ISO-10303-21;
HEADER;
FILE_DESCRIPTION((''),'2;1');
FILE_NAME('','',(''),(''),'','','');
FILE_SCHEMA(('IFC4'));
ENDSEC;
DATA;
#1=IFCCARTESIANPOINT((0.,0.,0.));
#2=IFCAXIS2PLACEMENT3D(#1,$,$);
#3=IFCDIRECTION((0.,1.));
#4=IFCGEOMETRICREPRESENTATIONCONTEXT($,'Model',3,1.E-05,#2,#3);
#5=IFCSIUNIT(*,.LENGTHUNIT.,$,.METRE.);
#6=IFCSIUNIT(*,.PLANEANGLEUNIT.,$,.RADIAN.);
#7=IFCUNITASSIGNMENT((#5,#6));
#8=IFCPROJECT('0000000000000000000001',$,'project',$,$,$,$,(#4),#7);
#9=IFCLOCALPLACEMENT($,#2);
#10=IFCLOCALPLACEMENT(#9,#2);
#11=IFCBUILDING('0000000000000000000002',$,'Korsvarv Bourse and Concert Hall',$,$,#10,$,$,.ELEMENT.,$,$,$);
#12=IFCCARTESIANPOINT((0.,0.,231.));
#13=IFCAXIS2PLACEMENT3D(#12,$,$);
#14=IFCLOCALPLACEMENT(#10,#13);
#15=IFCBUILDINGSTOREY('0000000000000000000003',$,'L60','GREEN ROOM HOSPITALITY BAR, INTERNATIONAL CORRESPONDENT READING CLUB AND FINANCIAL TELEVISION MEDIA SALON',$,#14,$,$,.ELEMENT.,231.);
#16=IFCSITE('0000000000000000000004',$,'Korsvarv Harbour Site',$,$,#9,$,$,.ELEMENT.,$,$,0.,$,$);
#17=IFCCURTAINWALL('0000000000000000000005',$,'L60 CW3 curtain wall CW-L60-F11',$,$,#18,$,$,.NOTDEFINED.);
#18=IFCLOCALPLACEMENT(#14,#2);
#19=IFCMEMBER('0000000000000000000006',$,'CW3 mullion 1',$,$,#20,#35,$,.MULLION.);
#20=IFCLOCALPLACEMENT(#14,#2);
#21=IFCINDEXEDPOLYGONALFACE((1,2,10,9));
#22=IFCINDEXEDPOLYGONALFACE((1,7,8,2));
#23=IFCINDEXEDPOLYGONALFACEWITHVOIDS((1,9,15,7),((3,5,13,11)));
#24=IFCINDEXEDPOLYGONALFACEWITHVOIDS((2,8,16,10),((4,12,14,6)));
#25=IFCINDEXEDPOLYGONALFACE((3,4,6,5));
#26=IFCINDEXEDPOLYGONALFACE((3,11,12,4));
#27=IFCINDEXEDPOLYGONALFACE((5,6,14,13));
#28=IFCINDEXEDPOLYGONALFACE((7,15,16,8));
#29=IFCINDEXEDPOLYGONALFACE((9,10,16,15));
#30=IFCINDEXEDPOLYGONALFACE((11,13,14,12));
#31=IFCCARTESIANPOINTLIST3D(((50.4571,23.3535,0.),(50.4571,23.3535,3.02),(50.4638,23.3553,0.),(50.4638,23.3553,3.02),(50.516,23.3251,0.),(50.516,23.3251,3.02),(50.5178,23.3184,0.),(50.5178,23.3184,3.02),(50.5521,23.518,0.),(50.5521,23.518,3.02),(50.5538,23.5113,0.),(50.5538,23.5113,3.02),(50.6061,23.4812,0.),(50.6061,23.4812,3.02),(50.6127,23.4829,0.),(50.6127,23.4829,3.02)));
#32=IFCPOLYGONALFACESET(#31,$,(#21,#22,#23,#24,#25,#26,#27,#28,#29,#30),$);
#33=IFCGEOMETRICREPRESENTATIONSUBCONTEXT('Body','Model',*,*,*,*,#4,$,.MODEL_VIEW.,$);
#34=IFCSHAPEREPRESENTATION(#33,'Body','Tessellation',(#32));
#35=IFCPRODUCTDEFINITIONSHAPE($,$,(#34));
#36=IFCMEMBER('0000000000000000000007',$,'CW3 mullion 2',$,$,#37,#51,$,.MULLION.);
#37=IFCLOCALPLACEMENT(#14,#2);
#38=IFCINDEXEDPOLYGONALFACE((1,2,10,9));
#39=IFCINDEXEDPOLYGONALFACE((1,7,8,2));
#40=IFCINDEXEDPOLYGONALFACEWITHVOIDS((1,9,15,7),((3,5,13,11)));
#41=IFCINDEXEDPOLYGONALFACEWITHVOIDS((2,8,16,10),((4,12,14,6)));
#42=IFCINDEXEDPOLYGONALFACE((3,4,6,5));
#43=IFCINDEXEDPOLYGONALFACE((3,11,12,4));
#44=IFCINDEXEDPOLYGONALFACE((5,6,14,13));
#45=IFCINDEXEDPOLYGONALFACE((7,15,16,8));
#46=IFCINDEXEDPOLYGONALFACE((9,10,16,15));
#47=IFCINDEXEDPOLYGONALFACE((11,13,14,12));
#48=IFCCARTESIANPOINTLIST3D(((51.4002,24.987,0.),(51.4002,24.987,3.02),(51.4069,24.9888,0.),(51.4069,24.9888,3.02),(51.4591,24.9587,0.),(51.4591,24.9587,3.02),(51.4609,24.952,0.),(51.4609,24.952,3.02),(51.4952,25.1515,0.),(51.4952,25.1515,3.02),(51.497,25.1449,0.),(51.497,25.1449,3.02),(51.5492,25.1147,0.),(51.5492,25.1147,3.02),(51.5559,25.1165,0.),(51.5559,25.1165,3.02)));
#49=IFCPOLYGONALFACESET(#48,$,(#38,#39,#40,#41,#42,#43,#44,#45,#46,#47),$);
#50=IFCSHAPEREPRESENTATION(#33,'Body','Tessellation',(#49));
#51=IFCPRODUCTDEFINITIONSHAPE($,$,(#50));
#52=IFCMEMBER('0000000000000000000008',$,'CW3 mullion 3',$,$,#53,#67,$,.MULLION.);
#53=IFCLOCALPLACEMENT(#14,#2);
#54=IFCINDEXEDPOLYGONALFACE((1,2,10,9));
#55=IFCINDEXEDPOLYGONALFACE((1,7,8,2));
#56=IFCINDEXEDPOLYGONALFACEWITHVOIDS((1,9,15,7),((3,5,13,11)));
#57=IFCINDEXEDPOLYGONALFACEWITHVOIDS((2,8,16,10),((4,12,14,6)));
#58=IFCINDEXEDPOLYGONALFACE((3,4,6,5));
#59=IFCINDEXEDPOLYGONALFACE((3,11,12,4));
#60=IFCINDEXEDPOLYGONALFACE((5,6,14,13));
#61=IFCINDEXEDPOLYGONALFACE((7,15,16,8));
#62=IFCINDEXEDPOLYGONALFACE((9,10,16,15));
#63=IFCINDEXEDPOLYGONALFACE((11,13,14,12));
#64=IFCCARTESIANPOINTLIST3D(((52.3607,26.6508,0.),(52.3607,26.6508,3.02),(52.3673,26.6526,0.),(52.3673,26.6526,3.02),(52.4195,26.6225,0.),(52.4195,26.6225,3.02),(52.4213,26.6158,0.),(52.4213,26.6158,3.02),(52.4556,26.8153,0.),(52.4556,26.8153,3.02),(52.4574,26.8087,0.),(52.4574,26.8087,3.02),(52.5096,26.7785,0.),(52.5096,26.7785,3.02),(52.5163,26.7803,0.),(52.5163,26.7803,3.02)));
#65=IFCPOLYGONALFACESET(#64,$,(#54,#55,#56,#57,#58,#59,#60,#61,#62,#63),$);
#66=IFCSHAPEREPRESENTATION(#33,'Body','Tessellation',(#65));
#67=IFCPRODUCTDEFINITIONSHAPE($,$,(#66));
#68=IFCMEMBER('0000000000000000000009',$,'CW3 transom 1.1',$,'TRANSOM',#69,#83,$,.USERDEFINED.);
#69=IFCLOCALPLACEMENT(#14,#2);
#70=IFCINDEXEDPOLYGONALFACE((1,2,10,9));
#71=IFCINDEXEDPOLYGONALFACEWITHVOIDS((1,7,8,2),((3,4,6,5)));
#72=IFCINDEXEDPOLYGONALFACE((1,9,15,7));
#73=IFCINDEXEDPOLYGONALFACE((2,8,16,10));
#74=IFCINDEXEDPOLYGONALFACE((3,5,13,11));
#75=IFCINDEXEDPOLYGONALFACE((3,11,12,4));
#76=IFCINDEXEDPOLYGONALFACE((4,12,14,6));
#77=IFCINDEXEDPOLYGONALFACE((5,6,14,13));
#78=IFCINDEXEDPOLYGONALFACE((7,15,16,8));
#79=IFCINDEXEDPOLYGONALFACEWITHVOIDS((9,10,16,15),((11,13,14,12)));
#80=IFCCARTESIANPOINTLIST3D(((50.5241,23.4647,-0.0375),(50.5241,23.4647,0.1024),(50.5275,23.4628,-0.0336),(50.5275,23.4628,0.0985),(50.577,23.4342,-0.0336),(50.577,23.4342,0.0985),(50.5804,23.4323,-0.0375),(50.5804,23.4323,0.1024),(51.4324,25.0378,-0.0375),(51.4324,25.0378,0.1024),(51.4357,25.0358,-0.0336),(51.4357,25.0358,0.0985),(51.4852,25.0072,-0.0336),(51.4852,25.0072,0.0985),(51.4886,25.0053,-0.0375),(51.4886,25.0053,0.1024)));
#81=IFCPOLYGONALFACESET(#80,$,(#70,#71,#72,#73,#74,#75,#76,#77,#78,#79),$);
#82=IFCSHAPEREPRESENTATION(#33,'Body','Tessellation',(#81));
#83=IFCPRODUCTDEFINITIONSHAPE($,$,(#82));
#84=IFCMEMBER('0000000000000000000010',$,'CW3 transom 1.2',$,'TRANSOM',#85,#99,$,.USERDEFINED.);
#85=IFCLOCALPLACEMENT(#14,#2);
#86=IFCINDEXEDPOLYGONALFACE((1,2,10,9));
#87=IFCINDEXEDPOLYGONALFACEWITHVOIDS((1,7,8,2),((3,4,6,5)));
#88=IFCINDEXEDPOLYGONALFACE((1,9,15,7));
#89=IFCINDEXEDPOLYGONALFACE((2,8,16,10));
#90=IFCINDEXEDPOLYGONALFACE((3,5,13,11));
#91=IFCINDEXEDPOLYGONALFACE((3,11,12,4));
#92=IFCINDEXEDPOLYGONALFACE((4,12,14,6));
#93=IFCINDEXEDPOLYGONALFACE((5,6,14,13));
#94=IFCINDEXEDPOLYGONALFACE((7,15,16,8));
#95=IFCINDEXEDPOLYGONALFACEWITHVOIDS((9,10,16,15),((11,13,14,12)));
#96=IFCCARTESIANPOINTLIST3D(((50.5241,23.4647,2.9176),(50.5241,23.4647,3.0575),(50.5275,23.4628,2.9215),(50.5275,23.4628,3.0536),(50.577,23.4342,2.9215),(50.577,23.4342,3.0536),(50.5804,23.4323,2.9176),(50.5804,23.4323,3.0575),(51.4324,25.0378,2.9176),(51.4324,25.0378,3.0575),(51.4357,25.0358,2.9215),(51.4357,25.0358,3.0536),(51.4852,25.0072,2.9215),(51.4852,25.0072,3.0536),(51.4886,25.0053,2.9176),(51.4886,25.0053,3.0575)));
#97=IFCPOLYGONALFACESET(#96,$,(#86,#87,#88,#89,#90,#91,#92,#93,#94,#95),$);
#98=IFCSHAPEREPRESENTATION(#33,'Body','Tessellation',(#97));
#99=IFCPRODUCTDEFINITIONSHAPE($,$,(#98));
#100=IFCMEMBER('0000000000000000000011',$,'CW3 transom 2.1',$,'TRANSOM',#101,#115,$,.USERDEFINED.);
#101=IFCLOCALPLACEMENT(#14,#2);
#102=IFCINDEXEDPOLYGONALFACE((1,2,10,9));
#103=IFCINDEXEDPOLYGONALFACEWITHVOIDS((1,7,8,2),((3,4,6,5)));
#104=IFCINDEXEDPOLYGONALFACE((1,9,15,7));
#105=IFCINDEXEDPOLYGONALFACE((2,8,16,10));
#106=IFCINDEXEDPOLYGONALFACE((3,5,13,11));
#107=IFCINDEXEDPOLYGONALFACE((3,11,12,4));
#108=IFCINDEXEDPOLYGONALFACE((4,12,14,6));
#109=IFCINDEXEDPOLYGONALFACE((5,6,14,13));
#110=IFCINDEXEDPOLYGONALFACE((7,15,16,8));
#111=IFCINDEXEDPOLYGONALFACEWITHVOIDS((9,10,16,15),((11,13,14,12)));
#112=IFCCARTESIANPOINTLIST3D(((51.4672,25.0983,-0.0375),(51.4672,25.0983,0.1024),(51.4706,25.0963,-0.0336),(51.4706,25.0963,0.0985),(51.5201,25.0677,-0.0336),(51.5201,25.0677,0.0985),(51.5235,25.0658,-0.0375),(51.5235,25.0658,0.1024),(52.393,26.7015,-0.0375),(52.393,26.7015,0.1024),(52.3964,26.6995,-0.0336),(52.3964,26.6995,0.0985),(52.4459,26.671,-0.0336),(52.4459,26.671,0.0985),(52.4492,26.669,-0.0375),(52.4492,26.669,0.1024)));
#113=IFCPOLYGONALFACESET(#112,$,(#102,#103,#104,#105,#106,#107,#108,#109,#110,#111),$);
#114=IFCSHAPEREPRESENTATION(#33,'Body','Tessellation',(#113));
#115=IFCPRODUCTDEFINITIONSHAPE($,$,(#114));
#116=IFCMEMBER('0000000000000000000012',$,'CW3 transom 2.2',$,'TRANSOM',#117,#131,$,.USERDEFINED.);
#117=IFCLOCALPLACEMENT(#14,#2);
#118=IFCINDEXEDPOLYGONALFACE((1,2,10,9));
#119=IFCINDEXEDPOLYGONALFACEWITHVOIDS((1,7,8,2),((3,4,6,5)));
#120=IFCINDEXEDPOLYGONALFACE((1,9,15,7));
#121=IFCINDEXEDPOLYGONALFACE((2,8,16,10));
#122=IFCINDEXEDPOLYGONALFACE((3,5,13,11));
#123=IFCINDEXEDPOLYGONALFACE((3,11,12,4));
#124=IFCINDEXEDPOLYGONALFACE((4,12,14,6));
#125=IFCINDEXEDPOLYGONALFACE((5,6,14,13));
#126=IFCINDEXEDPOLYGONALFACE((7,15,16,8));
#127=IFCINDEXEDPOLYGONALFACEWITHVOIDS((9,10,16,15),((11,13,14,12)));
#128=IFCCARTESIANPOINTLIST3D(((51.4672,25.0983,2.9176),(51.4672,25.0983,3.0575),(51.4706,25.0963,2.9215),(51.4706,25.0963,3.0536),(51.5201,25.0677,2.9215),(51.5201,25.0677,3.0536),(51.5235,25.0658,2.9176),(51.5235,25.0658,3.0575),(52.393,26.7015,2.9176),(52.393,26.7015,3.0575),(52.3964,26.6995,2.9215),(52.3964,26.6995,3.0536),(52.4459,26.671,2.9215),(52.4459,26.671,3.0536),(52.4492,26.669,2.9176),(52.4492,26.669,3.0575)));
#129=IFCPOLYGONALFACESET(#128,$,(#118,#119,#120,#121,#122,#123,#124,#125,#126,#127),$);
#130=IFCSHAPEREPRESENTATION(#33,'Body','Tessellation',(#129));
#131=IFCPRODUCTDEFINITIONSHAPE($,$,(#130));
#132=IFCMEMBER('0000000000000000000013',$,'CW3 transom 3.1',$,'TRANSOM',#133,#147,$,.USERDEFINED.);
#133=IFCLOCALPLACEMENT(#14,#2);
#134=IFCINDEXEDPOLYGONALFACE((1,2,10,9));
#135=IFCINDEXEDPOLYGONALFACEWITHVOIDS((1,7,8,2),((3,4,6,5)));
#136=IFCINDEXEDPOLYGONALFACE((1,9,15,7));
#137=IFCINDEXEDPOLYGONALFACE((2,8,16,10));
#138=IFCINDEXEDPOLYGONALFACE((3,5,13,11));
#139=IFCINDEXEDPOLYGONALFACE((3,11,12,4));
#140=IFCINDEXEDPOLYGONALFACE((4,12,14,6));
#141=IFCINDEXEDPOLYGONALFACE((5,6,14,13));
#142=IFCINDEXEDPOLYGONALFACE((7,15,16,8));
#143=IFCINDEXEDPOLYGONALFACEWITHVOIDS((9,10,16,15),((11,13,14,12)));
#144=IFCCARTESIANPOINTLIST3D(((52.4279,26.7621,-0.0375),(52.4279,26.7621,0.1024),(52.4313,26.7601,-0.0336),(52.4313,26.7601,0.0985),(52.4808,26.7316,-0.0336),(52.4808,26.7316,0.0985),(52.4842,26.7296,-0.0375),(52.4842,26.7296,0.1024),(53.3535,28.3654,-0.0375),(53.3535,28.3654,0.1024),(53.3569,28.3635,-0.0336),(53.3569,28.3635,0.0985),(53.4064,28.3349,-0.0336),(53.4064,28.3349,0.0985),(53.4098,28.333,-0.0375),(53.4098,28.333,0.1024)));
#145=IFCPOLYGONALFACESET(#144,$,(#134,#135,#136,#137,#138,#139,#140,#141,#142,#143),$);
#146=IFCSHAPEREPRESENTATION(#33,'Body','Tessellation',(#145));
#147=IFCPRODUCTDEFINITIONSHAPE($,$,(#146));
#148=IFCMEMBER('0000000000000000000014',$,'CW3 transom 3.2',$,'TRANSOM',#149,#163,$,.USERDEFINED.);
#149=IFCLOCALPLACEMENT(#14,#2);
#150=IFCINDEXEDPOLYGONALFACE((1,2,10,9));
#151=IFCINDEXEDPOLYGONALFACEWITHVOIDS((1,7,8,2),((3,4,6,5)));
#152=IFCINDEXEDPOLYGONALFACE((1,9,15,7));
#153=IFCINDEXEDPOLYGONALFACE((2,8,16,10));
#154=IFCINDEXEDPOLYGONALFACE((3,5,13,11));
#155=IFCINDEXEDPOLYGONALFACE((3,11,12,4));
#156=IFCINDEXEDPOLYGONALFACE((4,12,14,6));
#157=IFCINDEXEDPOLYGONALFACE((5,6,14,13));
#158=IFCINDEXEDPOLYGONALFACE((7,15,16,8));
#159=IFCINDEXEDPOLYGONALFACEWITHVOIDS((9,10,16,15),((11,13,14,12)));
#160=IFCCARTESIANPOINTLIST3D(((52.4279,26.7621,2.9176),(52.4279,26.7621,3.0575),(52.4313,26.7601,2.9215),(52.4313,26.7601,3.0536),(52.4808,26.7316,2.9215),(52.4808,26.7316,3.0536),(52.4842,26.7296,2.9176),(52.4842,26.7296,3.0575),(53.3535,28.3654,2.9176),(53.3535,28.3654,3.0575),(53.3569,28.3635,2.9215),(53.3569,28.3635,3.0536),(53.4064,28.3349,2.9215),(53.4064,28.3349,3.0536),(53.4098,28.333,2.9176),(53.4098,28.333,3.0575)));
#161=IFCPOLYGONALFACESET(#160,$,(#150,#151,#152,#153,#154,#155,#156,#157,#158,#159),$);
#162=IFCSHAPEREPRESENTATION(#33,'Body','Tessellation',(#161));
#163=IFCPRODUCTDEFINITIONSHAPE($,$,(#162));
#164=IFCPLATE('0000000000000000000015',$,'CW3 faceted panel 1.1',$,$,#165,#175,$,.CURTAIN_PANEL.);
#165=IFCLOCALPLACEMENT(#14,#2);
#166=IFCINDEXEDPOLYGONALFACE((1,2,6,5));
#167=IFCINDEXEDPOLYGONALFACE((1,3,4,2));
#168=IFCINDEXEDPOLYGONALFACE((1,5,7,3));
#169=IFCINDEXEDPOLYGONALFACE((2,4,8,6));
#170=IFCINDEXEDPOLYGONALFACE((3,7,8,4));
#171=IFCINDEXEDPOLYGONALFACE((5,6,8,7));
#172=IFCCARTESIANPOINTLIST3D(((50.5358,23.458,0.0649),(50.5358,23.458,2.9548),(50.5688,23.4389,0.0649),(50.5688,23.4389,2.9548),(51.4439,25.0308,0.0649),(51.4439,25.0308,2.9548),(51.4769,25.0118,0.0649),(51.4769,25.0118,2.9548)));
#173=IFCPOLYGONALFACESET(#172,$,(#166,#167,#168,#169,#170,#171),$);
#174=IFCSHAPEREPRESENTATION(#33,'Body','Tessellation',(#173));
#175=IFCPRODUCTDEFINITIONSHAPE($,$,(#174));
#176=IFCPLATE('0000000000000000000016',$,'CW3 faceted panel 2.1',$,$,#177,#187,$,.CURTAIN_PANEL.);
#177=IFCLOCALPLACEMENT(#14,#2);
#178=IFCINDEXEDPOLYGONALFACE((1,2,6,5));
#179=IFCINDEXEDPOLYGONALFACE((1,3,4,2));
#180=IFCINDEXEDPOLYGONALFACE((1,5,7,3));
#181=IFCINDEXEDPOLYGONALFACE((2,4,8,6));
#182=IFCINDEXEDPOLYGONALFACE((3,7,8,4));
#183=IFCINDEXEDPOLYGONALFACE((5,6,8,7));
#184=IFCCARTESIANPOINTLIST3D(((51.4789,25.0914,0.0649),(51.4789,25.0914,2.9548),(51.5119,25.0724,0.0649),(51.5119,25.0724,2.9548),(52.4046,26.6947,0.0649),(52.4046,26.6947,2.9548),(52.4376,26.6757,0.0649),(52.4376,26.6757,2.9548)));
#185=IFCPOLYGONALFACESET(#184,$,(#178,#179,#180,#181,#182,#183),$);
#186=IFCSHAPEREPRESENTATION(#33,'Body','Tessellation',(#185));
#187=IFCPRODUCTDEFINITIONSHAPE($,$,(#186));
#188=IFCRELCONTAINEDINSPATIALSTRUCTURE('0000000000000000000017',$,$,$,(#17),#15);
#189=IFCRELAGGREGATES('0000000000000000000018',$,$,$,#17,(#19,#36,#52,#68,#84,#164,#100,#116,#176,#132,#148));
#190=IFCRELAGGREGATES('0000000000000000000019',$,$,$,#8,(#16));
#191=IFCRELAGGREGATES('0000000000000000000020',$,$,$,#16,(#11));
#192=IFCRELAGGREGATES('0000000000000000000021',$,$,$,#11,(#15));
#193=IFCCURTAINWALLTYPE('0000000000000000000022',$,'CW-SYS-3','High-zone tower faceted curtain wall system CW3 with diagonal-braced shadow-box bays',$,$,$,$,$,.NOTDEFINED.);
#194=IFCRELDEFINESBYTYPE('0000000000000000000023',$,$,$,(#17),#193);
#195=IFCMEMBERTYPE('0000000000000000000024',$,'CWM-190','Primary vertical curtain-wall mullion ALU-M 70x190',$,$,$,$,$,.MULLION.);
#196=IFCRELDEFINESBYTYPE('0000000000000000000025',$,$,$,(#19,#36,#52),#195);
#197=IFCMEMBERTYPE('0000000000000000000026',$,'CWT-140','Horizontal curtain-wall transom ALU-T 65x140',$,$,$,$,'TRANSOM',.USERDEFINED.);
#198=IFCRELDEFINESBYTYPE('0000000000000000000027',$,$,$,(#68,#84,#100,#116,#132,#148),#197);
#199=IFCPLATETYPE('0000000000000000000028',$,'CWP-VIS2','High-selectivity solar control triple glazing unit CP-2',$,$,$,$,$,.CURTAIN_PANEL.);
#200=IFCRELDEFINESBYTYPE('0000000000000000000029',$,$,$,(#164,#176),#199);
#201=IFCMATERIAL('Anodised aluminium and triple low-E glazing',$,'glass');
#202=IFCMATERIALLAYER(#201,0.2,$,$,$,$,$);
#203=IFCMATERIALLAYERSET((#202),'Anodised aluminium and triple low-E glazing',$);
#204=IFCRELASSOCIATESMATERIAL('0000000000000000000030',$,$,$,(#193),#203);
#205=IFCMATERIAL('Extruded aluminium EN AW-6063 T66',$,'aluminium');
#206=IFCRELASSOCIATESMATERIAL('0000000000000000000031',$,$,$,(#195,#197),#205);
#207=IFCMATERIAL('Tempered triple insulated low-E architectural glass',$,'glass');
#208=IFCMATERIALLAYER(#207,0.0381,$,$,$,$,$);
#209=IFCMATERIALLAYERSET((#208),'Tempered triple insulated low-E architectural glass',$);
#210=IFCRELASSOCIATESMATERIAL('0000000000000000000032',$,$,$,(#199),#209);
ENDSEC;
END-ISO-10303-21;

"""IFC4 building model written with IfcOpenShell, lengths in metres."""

from ifc_helpers import new_model, si_unit, direction, frame, origin, origin_2d, place, context, subcontext, project, spatial, rectangle, hollow_rectangle, extrude, source, transform, mapped, material, layer, layer_set, material_profile, profile_set, type_object, element, aggregate, save


model = new_model("IFC4")

# Units and contexts
model_context = context("Model", 3, precision=1e-05, world=origin(), true_north=direction((0.0, 1.0)))
body_context = subcontext(model_context, "Body", "Model", "MODEL_VIEW")
ifc_project = project(units=[si_unit("LENGTHUNIT", "METRE"), si_unit("PLANEANGLEUNIT", "RADIAN")], contexts=[model_context])

# Site, building, storey
site_placement = place(None, origin())
site = spatial("IfcSite", under=ifc_project, at=site_placement, Name="Korsvarv Harbour Site", CompositionType="ELEMENT", RefElevation=0.0)
building_placement = place(site_placement, origin())
building = spatial("IfcBuilding", under=site, at=building_placement, Name="Korsvarv Bourse and Concert Hall", CompositionType="ELEMENT")
storey_placement = place(building_placement, frame((0.0, 0.0, 231.0)))
storey = spatial("IfcBuildingStorey", under=building, at=storey_placement, Name="L60", Description="GREEN ROOM HOSPITALITY BAR, INTERNATIONAL CORRESPONDENT READING CLUB AND FINANCIAL TELEVISION MEDIA SALON", CompositionType="ELEMENT", Elevation=231.0)

# Curtain wall, members, plates
ifc_material_1 = material(Name="Anodised aluminium and triple low-E glazing", Category="glass")
ifc_layer_1 = layer(ifc_material_1, 0.2)
ifc_layer_set_1 = layer_set([ifc_layer_1], Name="Anodised aluminium and triple low-E glazing")
curtain_wall_type = type_object("IfcCurtainWallType", Name="CW-SYS-3", Description="High-zone tower faceted curtain wall system CW3 with diagonal-braced shadow-box bays", PredefinedType="NOTDEFINED", material=ifc_layer_set_1)
curtain_wall_placement = place(storey_placement, origin())
curtain_wall = element("IfcCurtainWall", 1, at=curtain_wall_placement, inside=storey, type_object=curtain_wall_type, Name="L60 CW3 curtain wall CW-L60-F11", PredefinedType="NOTDEFINED")
ifc_material_2 = material(Name="Extruded aluminium EN AW-6063 T66", Category="aluminium")
ifc_material_profile_1 = material_profile(ifc_material_2, hollow_rectangle(XDim=0.0701, YDim=0.1899, WallThickness=0.0049, at=origin_2d()), Name="ALU-M 70x190")
ifc_profile_set_1 = profile_set([ifc_material_profile_1], Name="Extruded aluminium EN AW-6063 T66")
member_type_1 = type_object("IfcMemberType", Name="CWM-190", Description="Primary vertical curtain-wall mullion ALU-M 70x190", PredefinedType="MULLION", material=ifc_profile_set_1)
shared_shape_1 = source(origin(), body_context, "Body", "SweptSolid", [
    extrude(hollow_rectangle(XDim=0.0701, YDim=0.1899, WallThickness=0.0049, at=origin_2d()), origin(), (0.0, 0.0, 1.0), 3.02),
])
member_1_placement = place(storey_placement, frame((50.5349, 23.4182, 0.0), z_axis=(0.0, 0.0, 1.0), x_axis=(-0.866028, 0.499996, 0.0)))
member_1 = element("IfcMember", 2, at=member_1_placement, type_object=member_type_1, Name="CW3 mullion 1", PredefinedType="MULLION", context=body_context, shape_type="MappedRepresentation", body=[
    mapped(shared_shape_1, transform((0.0, 0.0, 0.0), scale=1.0)),
])
member_2_placement = place(storey_placement, frame((51.478, 25.0518, 0.0), z_axis=(0.0, 0.0, 1.0), x_axis=(-0.866028, 0.499996, 0.0)))
member_2 = element("IfcMember", 3, at=member_2_placement, type_object=member_type_1, Name="CW3 mullion 2", PredefinedType="MULLION", context=body_context, shape_type="MappedRepresentation", body=[
    mapped(shared_shape_1, transform((0.0, 0.0, 0.0), scale=1.0)),
])
member_3_placement = place(storey_placement, frame((52.4385, 26.7156, 0.0), z_axis=(0.0, 0.0, 1.0), x_axis=(-0.866028, 0.499996, 0.0)))
member_3 = element("IfcMember", 4, at=member_3_placement, type_object=member_type_1, Name="CW3 mullion 3", PredefinedType="MULLION", context=body_context, shape_type="MappedRepresentation", body=[
    mapped(shared_shape_1, transform((0.0, 0.0, 0.0), scale=1.0)),
])
ifc_material_profile_2 = material_profile(ifc_material_2, hollow_rectangle(XDim=0.0649, YDim=0.1399, WallThickness=0.0039, at=origin_2d()), Name="ALU-T 65x140")
ifc_profile_set_2 = profile_set([ifc_material_profile_2], Name="Extruded aluminium EN AW-6063 T66")
member_type_2 = type_object("IfcMemberType", Name="CWT-140", Description="Horizontal curtain-wall transom ALU-T 65x140", ElementType="TRANSOM", PredefinedType="USERDEFINED", material=ifc_profile_set_2)
shared_shape_2 = source(origin(), body_context, "Body", "SweptSolid", [
    extrude(hollow_rectangle(XDim=0.0649, YDim=0.1399, WallThickness=0.0039, at=origin_2d()), origin(), (0.0, 0.0, 1.0), 1.8164),
])
member_4_placement = place(storey_placement, frame((50.5522, 23.4485, 0.0325), z_axis=(0.500013, 0.866018, 0.0), x_axis=(-0.866018, 0.500013, 0.0)))
member_4 = element("IfcMember", 5, at=member_4_placement, type_object=member_type_2, Name="CW3 transom 1.1", ObjectType="TRANSOM", PredefinedType="USERDEFINED", context=body_context, shape_type="MappedRepresentation", body=[
    mapped(shared_shape_2, transform((0.0, 0.0, 0.0), scale=1.0)),
])
member_5_placement = place(storey_placement, frame((50.5522, 23.4485, 2.9875), z_axis=(0.500013, 0.866018, 0.0), x_axis=(-0.866018, 0.500013, 0.0)))
member_5 = element("IfcMember", 6, at=member_5_placement, type_object=member_type_2, Name="CW3 transom 1.2", ObjectType="TRANSOM", PredefinedType="USERDEFINED", context=body_context, shape_type="MappedRepresentation", body=[
    mapped(shared_shape_2, transform((0.0, 0.0, 0.0), scale=1.0)),
])
shared_shape_3 = source(origin(), body_context, "Body", "SweptSolid", [
    extrude(hollow_rectangle(XDim=0.0649, YDim=0.1399, WallThickness=0.0039, at=origin_2d()), origin(), (0.0, 0.0, 1.0), 1.8513),
])
member_6_placement = place(storey_placement, frame((51.4954, 25.082, 0.0325), z_axis=(0.500053, 0.865995, 0.0), x_axis=(-0.865995, 0.500053, 0.0)))
member_6 = element("IfcMember", 7, at=member_6_placement, type_object=member_type_2, Name="CW3 transom 2.1", ObjectType="TRANSOM", PredefinedType="USERDEFINED", context=body_context, shape_type="MappedRepresentation", body=[
    mapped(shared_shape_3, transform((0.0, 0.0, 0.0), scale=1.0)),
])
member_7_placement = place(storey_placement, frame((51.4954, 25.082, 2.9875), z_axis=(0.500053, 0.865995, 0.0), x_axis=(-0.865995, 0.500053, 0.0)))
member_7 = element("IfcMember", 8, at=member_7_placement, type_object=member_type_2, Name="CW3 transom 2.2", ObjectType="TRANSOM", PredefinedType="USERDEFINED", context=body_context, shape_type="MappedRepresentation", body=[
    mapped(shared_shape_3, transform((0.0, 0.0, 0.0), scale=1.0)),
])
member_8_placement = place(storey_placement, frame((52.4561, 26.7458, 0.0325), z_axis=(0.499955, 0.866052, 0.0), x_axis=(-0.866052, 0.499955, 0.0)))
member_8 = element("IfcMember", 9, at=member_8_placement, type_object=member_type_2, Name="CW3 transom 3.1", ObjectType="TRANSOM", PredefinedType="USERDEFINED", context=body_context, shape_type="MappedRepresentation", body=[
    mapped(shared_shape_3, transform((0.0, 0.0, 0.0), scale=1.0)),
])
member_9_placement = place(storey_placement, frame((52.4561, 26.7458, 2.9875), z_axis=(0.499955, 0.866052, 0.0), x_axis=(-0.866052, 0.499955, 0.0)))
member_9 = element("IfcMember", 10, at=member_9_placement, type_object=member_type_2, Name="CW3 transom 3.2", ObjectType="TRANSOM", PredefinedType="USERDEFINED", context=body_context, shape_type="MappedRepresentation", body=[
    mapped(shared_shape_3, transform((0.0, 0.0, 0.0), scale=1.0)),
])
ifc_material_3 = material(Name="Tempered triple insulated low-E architectural glass", Category="glass")
ifc_layer_2 = layer(ifc_material_3, 0.0381)
ifc_layer_set_2 = layer_set([ifc_layer_2], Name="Tempered triple insulated low-E architectural glass")
plate_type = type_object("IfcPlateType", Name="CWP-VIS2", Description="High-selectivity solar control triple glazing unit CP-2", PredefinedType="CURTAIN_PANEL", material=ifc_layer_set_2)
shared_shape_4 = source(origin(), body_context, "Body", "SweptSolid", [
    extrude(rectangle(XDim=1.8162, YDim=0.0381, at=origin_2d()), origin(), (0.0, 0.0, 1.0), 2.8899),
])
plate_1_placement = place(storey_placement, frame((51.0063, 24.2349, 0.0649), z_axis=(0.0, 0.0, 1.0), x_axis=(0.499996, 0.866028, 0.0)))
plate_1 = element("IfcPlate", 11, at=plate_1_placement, type_object=plate_type, Name="CW3 faceted panel 1.1", PredefinedType="CURTAIN_PANEL", context=body_context, shape_type="MappedRepresentation", body=[
    mapped(shared_shape_4, transform((0.0, 0.0, 0.0), scale=1.0)),
])
shared_shape_5 = source(origin(), body_context, "Body", "SweptSolid", [
    extrude(rectangle(XDim=1.8513, YDim=0.0381, at=origin_2d()), origin(), (0.0, 0.0, 1.0), 2.8899),
])
plate_2_placement = place(storey_placement, frame((51.9583, 25.8835, 0.0649), z_axis=(0.0, 0.0, 1.0), x_axis=(0.499996, 0.866028, 0.0)))
plate_2 = element("IfcPlate", 12, at=plate_2_placement, type_object=plate_type, Name="CW3 faceted panel 2.1", PredefinedType="CURTAIN_PANEL", context=body_context, shape_type="MappedRepresentation", body=[
    mapped(shared_shape_5, transform((0.0, 0.0, 0.0), scale=1.0)),
])
aggregate(curtain_wall, [member_1, member_2, member_3, member_4, member_5, plate_1, member_6, member_7, plate_2, member_8, member_9])

save(model, "model.ifc")
